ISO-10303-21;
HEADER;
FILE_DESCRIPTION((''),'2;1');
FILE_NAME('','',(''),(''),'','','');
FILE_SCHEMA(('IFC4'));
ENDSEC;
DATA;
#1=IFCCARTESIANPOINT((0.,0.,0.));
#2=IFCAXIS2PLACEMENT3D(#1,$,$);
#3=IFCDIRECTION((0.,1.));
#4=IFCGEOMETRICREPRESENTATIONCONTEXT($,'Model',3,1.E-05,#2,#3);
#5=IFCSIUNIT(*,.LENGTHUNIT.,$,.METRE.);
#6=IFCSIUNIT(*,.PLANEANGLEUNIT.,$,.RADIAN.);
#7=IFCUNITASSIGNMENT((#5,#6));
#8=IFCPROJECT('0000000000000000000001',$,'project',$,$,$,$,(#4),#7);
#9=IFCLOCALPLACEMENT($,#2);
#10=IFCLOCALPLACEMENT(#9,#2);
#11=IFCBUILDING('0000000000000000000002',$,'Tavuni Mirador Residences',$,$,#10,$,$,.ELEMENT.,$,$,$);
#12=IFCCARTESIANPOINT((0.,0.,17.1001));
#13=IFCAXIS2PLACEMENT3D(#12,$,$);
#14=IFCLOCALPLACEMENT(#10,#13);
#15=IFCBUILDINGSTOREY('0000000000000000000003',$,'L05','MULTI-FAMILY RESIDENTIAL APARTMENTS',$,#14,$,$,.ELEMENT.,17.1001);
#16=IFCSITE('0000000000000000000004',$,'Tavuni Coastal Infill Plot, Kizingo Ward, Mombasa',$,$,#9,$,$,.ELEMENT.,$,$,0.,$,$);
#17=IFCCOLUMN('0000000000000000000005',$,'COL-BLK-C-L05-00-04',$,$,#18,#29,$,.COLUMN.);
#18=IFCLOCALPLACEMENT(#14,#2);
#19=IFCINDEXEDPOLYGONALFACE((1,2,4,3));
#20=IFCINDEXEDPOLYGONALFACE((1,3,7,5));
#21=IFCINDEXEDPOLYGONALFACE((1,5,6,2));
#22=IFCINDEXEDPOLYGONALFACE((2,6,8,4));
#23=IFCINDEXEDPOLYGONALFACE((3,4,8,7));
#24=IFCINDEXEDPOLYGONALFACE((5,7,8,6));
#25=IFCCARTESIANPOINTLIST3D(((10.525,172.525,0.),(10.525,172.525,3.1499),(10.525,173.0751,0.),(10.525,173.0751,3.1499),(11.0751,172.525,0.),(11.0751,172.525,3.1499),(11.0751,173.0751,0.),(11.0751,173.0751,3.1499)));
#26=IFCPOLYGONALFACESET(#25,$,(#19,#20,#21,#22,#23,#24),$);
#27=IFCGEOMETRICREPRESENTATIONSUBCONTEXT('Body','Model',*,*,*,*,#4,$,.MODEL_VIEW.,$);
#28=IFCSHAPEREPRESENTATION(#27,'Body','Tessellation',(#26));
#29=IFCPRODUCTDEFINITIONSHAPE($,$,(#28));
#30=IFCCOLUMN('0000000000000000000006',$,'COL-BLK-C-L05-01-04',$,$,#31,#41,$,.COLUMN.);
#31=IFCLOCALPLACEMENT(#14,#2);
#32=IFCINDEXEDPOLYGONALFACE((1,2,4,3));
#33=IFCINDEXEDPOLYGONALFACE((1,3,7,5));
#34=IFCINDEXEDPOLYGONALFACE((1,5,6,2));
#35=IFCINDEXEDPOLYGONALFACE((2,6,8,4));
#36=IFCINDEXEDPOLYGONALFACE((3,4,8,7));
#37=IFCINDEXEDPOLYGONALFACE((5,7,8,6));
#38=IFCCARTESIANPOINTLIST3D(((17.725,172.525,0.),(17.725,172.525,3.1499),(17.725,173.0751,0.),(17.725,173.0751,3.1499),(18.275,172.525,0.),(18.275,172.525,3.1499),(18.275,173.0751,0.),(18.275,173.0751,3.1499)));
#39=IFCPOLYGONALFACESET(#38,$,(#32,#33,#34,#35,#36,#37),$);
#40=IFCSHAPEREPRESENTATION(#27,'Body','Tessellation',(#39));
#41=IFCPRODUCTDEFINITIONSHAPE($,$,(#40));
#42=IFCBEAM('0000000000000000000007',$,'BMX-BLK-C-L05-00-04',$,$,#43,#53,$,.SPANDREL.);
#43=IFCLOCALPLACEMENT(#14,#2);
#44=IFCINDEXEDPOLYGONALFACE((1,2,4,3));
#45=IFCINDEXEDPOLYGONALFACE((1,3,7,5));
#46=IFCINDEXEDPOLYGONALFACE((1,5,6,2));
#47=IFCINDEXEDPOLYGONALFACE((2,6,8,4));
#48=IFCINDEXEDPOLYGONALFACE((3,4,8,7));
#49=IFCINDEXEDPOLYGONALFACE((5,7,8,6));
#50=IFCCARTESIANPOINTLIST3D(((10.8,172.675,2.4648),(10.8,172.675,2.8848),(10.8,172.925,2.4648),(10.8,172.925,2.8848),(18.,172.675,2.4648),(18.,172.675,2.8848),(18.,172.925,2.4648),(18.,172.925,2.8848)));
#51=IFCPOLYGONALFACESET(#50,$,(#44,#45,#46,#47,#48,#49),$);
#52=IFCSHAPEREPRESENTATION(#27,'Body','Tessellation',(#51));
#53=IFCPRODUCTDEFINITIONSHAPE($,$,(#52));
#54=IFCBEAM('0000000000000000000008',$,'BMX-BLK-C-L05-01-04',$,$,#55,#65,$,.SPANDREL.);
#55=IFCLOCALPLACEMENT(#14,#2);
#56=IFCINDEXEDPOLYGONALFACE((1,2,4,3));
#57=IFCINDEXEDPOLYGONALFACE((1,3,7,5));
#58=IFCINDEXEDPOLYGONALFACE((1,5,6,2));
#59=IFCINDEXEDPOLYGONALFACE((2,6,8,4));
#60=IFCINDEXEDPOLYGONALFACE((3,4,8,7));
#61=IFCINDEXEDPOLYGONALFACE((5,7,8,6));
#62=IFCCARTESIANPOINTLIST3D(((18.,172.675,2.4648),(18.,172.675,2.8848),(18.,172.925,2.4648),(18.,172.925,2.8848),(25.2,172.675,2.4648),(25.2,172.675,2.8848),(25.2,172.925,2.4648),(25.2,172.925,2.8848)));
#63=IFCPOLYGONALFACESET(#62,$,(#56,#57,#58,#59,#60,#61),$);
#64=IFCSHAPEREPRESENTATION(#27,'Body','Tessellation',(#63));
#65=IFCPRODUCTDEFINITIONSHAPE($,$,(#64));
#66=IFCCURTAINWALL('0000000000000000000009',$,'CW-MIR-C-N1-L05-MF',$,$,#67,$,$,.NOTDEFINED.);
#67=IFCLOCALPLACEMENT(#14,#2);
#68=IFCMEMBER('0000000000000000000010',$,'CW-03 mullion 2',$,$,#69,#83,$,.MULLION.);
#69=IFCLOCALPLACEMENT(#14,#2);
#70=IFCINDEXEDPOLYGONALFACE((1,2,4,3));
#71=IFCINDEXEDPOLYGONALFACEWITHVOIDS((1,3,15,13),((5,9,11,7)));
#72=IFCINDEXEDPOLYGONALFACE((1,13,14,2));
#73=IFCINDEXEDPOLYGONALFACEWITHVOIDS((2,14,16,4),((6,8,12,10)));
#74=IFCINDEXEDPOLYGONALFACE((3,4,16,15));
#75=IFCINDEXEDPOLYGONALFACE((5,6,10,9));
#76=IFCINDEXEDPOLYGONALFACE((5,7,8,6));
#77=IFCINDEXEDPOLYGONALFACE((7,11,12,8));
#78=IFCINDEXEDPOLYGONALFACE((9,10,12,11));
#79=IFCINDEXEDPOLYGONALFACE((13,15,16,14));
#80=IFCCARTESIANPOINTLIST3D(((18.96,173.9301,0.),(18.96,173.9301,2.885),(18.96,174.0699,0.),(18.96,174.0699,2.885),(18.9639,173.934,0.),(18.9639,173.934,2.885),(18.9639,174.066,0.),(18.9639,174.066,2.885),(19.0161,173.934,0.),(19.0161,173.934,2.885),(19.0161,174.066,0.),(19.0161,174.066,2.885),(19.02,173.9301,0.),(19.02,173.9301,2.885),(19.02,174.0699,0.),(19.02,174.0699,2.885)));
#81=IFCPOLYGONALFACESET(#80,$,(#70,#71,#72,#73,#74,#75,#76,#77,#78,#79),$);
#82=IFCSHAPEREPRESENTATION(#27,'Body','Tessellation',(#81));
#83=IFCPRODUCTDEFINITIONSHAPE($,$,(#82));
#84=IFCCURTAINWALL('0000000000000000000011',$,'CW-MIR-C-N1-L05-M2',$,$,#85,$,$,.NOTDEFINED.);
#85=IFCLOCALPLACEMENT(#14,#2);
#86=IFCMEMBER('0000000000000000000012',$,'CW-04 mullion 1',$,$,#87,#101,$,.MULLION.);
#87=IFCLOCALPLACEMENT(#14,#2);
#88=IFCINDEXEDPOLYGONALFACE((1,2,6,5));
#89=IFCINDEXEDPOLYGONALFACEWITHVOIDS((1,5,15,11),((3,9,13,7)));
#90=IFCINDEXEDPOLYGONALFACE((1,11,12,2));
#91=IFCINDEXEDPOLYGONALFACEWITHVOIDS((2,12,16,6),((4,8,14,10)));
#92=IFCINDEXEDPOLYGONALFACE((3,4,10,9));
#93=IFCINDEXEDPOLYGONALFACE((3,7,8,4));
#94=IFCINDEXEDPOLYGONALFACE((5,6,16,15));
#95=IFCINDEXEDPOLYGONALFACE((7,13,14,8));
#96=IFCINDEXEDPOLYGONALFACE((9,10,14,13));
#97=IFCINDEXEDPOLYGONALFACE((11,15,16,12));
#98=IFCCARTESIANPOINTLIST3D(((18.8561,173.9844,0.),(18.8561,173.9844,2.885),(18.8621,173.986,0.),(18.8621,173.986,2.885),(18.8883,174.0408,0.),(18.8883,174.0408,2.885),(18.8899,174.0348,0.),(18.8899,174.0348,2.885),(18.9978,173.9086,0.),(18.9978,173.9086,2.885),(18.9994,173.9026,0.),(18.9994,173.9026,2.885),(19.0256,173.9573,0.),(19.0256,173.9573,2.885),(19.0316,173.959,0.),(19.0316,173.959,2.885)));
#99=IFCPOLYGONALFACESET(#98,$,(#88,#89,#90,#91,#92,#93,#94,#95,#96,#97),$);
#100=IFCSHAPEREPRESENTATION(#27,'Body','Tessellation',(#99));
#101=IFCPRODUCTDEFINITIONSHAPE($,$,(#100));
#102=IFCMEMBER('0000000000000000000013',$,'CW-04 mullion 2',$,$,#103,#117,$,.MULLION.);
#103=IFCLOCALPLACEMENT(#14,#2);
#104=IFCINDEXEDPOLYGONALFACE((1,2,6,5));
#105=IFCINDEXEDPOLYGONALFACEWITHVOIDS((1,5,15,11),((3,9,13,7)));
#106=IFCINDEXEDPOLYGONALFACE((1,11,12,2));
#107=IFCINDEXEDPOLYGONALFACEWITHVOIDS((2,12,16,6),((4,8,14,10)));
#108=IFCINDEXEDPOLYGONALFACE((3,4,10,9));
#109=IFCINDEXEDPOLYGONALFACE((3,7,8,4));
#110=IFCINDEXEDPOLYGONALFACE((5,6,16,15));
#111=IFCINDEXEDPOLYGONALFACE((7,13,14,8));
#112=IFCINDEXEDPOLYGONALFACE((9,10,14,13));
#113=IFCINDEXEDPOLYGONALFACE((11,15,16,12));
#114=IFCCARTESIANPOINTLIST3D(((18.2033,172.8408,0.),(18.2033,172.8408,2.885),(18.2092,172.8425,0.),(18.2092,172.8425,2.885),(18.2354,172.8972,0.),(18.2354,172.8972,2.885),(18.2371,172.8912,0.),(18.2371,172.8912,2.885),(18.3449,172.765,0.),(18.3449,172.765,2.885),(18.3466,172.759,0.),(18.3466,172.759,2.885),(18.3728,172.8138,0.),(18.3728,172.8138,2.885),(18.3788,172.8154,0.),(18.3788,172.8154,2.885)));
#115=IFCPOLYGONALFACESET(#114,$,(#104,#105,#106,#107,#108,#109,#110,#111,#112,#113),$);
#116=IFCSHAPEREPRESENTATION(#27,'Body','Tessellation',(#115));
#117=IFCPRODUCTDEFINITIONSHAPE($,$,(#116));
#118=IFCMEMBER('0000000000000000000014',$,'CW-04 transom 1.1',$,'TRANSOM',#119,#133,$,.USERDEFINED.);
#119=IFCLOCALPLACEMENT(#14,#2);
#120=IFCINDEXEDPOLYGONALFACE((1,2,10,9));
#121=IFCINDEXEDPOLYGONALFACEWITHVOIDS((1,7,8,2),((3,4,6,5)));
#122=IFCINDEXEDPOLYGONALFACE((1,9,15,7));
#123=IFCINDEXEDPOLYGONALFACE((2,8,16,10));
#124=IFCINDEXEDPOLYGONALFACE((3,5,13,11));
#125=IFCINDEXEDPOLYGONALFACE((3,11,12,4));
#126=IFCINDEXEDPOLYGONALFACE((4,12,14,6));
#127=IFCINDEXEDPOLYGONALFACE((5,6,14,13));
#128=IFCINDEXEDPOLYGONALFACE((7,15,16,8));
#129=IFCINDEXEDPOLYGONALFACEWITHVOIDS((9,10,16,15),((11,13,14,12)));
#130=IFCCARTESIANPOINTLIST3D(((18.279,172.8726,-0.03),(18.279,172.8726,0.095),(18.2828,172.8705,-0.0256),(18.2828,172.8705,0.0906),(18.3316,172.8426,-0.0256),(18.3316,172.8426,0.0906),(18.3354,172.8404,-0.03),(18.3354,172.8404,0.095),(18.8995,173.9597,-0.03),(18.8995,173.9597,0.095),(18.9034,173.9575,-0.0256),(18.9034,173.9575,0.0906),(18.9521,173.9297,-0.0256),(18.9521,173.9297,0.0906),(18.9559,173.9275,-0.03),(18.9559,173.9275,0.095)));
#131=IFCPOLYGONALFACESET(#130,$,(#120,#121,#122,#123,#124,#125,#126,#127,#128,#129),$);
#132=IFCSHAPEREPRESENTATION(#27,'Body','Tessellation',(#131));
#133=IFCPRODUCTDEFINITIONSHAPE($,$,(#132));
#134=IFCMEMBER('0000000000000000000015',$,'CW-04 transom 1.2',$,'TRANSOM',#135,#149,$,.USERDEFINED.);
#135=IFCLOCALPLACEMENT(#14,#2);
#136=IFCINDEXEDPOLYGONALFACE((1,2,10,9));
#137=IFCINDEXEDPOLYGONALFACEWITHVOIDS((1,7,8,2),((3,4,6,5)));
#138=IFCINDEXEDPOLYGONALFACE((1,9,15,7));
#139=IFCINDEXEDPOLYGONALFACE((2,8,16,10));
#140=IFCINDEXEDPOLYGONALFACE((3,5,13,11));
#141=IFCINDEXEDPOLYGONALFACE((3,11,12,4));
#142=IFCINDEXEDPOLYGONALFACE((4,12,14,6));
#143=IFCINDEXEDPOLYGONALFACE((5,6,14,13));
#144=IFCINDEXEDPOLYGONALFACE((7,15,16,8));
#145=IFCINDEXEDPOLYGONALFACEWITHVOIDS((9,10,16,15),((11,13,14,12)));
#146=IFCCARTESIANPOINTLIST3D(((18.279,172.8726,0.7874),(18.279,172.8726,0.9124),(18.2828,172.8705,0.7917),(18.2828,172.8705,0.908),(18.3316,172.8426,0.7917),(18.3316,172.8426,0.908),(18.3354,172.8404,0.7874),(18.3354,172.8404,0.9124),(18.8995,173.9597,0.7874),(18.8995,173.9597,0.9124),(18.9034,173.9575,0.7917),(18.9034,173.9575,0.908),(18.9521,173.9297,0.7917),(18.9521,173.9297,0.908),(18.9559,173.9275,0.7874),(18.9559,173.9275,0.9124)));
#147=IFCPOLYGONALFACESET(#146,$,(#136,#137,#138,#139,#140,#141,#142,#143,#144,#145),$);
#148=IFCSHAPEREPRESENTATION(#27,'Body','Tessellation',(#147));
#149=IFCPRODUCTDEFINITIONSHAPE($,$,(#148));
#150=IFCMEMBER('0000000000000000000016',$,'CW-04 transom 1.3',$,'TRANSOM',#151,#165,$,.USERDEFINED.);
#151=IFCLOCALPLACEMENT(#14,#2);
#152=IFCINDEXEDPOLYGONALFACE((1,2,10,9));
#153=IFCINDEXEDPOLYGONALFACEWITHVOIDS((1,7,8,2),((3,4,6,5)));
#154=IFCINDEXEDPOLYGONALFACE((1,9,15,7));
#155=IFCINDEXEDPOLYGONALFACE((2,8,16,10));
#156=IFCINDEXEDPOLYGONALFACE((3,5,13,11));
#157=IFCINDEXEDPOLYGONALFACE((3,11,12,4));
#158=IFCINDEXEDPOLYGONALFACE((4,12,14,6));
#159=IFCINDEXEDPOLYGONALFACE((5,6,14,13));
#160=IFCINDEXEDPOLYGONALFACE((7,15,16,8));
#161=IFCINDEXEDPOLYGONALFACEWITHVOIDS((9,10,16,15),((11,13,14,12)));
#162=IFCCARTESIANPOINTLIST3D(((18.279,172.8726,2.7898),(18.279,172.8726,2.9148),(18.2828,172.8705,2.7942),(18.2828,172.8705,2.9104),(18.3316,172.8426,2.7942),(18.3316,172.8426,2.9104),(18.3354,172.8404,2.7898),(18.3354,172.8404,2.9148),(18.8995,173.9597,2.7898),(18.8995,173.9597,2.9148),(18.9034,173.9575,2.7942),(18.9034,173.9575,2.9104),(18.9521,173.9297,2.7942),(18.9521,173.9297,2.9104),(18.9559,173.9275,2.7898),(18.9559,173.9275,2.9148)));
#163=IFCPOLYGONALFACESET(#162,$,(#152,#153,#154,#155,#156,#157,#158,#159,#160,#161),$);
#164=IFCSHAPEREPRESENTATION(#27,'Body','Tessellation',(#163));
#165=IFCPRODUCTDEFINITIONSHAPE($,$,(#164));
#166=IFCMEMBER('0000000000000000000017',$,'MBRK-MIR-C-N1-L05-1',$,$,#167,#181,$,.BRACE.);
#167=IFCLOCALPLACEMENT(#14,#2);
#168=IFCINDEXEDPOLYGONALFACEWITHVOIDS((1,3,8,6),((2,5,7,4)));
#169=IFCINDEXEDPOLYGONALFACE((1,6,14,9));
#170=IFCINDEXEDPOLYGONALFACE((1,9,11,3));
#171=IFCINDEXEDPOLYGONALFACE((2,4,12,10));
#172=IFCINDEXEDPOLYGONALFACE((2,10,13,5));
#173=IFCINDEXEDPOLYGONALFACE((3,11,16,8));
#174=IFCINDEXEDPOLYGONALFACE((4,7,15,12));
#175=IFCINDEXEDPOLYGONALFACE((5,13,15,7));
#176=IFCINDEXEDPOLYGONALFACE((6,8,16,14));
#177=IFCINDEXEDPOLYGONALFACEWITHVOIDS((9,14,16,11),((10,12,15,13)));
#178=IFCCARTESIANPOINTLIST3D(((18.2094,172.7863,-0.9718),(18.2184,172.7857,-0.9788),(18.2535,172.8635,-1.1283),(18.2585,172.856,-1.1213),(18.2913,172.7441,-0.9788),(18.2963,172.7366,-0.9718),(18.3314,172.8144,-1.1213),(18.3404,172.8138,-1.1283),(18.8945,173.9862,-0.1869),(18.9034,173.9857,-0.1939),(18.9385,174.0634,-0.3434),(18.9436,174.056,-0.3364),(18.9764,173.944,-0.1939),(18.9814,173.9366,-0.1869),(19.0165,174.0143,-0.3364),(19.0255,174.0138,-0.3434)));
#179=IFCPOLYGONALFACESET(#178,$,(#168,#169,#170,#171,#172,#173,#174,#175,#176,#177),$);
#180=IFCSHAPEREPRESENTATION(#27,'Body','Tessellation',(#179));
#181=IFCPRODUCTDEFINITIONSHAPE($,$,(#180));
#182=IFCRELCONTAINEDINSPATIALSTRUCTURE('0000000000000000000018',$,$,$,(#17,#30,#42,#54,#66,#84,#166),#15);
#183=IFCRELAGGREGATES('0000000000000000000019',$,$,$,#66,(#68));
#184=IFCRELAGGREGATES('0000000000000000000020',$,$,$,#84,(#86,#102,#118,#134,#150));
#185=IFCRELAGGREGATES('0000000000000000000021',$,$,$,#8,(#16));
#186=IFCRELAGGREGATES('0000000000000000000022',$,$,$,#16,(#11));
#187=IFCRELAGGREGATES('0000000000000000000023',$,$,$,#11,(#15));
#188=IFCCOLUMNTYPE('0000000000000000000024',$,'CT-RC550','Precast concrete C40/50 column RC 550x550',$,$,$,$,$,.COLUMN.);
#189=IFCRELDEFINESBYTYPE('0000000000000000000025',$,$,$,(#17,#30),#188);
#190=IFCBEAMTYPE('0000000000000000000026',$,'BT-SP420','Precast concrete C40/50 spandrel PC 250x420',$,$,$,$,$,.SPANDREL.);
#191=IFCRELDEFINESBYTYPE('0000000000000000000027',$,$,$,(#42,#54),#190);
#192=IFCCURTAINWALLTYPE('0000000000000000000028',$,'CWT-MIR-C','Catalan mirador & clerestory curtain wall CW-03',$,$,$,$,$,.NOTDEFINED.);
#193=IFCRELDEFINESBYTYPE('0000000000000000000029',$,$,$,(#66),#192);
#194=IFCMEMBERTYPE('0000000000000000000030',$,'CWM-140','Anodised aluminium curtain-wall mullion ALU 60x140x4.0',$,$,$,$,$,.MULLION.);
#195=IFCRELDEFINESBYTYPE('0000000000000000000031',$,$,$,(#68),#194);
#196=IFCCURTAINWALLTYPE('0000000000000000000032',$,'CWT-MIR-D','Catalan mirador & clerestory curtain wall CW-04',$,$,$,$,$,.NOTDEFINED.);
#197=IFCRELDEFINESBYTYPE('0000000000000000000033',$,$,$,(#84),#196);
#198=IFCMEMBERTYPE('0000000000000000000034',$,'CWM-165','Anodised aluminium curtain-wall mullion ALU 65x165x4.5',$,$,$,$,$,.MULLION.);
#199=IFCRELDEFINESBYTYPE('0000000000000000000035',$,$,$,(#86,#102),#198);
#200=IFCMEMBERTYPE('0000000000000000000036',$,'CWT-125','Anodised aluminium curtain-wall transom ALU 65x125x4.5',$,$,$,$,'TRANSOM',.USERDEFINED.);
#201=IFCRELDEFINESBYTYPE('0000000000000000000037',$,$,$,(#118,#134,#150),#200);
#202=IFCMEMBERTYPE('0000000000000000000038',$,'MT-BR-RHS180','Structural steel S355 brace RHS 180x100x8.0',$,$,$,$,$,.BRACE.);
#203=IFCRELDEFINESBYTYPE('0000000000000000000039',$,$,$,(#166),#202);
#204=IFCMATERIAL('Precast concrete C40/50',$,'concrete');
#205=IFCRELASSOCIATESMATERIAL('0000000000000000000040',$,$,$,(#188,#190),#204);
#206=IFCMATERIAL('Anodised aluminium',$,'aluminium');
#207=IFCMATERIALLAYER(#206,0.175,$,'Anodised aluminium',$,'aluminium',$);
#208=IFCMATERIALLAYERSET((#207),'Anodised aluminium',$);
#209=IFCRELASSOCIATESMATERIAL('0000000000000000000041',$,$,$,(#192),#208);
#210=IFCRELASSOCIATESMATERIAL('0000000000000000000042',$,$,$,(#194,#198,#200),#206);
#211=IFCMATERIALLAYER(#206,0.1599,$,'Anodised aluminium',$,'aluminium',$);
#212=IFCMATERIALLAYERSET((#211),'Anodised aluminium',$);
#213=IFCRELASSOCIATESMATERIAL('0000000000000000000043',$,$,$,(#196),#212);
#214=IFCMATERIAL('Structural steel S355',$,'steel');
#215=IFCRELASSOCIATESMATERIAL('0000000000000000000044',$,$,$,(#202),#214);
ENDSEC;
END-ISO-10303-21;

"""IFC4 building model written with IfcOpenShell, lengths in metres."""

from ifc_helpers import new_model, si_unit, direction, frame, origin, origin_2d, place, context, subcontext, project, spatial, rectangle, hollow_rectangle, extrude, material, layer, layer_set, material_profile, profile_set, type_object, element, aggregate, save


model = new_model("IFC4")

# Units and contexts
model_context = context("Model", 3, precision=1e-05, world=origin(), true_north=direction((0.0, 1.0)))
body_context = subcontext(model_context, "Body", "Model", "MODEL_VIEW")
ifc_project = project(units=[si_unit("LENGTHUNIT", "METRE"), si_unit("PLANEANGLEUNIT", "RADIAN")], contexts=[model_context])

# Site, building, storey
site_placement = place(None, origin())
site = spatial("IfcSite", under=ifc_project, at=site_placement, Name="Tavuni Coastal Infill Plot, Kizingo Ward, Mombasa", CompositionType="ELEMENT", RefElevation=0.0)
building_placement = place(site_placement, origin())
building = spatial("IfcBuilding", under=site, at=building_placement, Name="Tavuni Mirador Residences", CompositionType="ELEMENT")
storey_placement = place(building_placement, frame((0.0, 0.0, 17.1001)))
storey = spatial("IfcBuildingStorey", under=building, at=storey_placement, Name="L05", Description="MULTI-FAMILY RESIDENTIAL APARTMENTS", CompositionType="ELEMENT", Elevation=17.1001)

# Columns
ifc_material_1 = material(Name="Precast concrete C40/50", Category="concrete")
ifc_material_profile_1 = material_profile(ifc_material_1, rectangle(XDim=0.55, YDim=0.55, at=origin_2d()), Name="RC 550x550", Category="concrete")
ifc_profile_set_1 = profile_set([ifc_material_profile_1], Name="Precast concrete C40/50")
column_type = type_object("IfcColumnType", Name="CT-RC550", Description="Precast concrete C40/50 column RC 550x550", PredefinedType="COLUMN", material=ifc_profile_set_1)
for number, where, z_axis, x_axis, name in (
    (1, (10.8, 172.8, 0.0), (0.0, 0.0, 1.0), (1.0, 0.0, 0.0), "COL-BLK-C-L05-00-04"),
    (2, (18.0, 172.8, 0.0), (0.0, 0.0, 1.0), (1.0, 0.0, 0.0), "COL-BLK-C-L05-01-04"),
):
    element("IfcColumn", number, at=place(storey_placement, frame(where, z_axis=z_axis, x_axis=x_axis)), inside=storey, type_object=column_type, Name=name, PredefinedType="COLUMN", context=body_context, shape_type="SweptSolid", body=[
        extrude(rectangle(XDim=0.55, YDim=0.55, at=origin_2d()), origin(), (0.0, 0.0, 1.0), 3.1499),
    ])

# Beams
ifc_material_profile_2 = material_profile(ifc_material_1, rectangle(XDim=0.25, YDim=0.4199, at=origin_2d()), Name="PC 250x420", Category="concrete")
ifc_profile_set_2 = profile_set([ifc_material_profile_2], Name="Precast concrete C40/50")
beam_type = type_object("IfcBeamType", Name="BT-SP420", Description="Precast concrete C40/50 spandrel PC 250x420", PredefinedType="SPANDREL", material=ifc_profile_set_2)
for number, where, z_axis, x_axis, name in (
    (3, (10.8, 172.8, 2.6748), (1.0, 0.0, 0.0), (0.0, 1.0, 0.0), "BMX-BLK-C-L05-00-04"),
    (4, (18.0, 172.8, 2.6748), (1.0, 0.0, 0.0), (0.0, 1.0, 0.0), "BMX-BLK-C-L05-01-04"),
):
    element("IfcBeam", number, at=place(storey_placement, frame(where, z_axis=z_axis, x_axis=x_axis)), inside=storey, type_object=beam_type, Name=name, PredefinedType="SPANDREL", context=body_context, shape_type="SweptSolid", body=[
        extrude(rectangle(XDim=0.25, YDim=0.4199, at=origin_2d()), origin(), (0.0, 0.0, 1.0), 7.2),
    ])

# Curtain wall, member
ifc_material_2 = material(Name="Anodised aluminium", Category="aluminium")
ifc_layer_1 = layer(ifc_material_2, 0.175, Name="Anodised aluminium", Category="aluminium")
ifc_layer_set_1 = layer_set([ifc_layer_1], Name="Anodised aluminium")
curtain_wall_type_1 = type_object("IfcCurtainWallType", Name="CWT-MIR-C", Description="Catalan mirador & clerestory curtain wall CW-03", PredefinedType="NOTDEFINED", material=ifc_layer_set_1)
curtain_wall_1_placement = place(storey_placement, origin())
curtain_wall_1 = element("IfcCurtainWall", 5, at=curtain_wall_1_placement, inside=storey, type_object=curtain_wall_type_1, Name="CW-MIR-C-N1-L05-MF", PredefinedType="NOTDEFINED")
ifc_material_profile_3 = material_profile(ifc_material_2, hollow_rectangle(XDim=0.0601, YDim=0.1399, WallThickness=0.0039, at=origin_2d()), Name="ALU 60x140x4.0", Category="aluminium")
ifc_profile_set_3 = profile_set([ifc_material_profile_3], Name="Anodised aluminium")
member_type_1 = type_object("IfcMemberType", Name="CWM-140", Description="Anodised aluminium curtain-wall mullion ALU 60x140x4.0", PredefinedType="MULLION", material=ifc_profile_set_3)
member_1_placement = place(storey_placement, frame((18.99, 174.0, 0.0), z_axis=(0.0, 0.0, 1.0), x_axis=(-1.0, 0.0, 0.0)))
member_1 = element("IfcMember", 6, at=member_1_placement, type_object=member_type_1, Name="CW-03 mullion 2", PredefinedType="MULLION", context=body_context, shape_type="SweptSolid", body=[
    extrude(hollow_rectangle(XDim=0.0601, YDim=0.1399, WallThickness=0.0039, at=origin_2d()), origin(), (0.0, 0.0, 1.0), 2.885),
])

# Curtain wall, members
ifc_layer_2 = layer(ifc_material_2, 0.1599, Name="Anodised aluminium", Category="aluminium")
ifc_layer_set_2 = layer_set([ifc_layer_2], Name="Anodised aluminium")
curtain_wall_type_2 = type_object("IfcCurtainWallType", Name="CWT-MIR-D", Description="Catalan mirador & clerestory curtain wall CW-04", PredefinedType="NOTDEFINED", material=ifc_layer_set_2)
curtain_wall_2_placement = place(storey_placement, origin())
curtain_wall_2 = element("IfcCurtainWall", 7, at=curtain_wall_2_placement, inside=storey, type_object=curtain_wall_type_2, Name="CW-MIR-C-N1-L05-M2", PredefinedType="NOTDEFINED")
ifc_material_profile_4 = material_profile(ifc_material_2, hollow_rectangle(XDim=0.0649, YDim=0.165, WallThickness=0.0044, at=origin_2d()), Name="ALU 65x165x4.5", Category="aluminium")
ifc_profile_set_4 = profile_set([ifc_material_profile_4], Name="Anodised aluminium")
member_type_2 = type_object("IfcMemberType", Name="CWM-165", Description="Anodised aluminium curtain-wall mullion ALU 65x165x4.5", PredefinedType="MULLION", material=ifc_profile_set_4)
member_2_placement = place(storey_placement, frame((18.9438, 173.9717, 0.0), z_axis=(0.0, 0.0, 1.0), x_axis=(-0.495749, -0.868466, 0.0)))
member_2 = element("IfcMember", 8, at=member_2_placement, type_object=member_type_2, Name="CW-04 mullion 1", PredefinedType="MULLION", context=body_context, shape_type="SweptSolid", body=[
    extrude(hollow_rectangle(XDim=0.0649, YDim=0.165, WallThickness=0.0044, at=origin_2d()), origin(), (0.0, 0.0, 1.0), 2.885),
])
member_3_placement = place(storey_placement, frame((18.291, 172.8281, 0.0), z_axis=(0.0, 0.0, 1.0), x_axis=(-0.495749, -0.868466, 0.0)))
member_3 = element("IfcMember", 9, at=member_3_placement, type_object=member_type_2, Name="CW-04 mullion 2", PredefinedType="MULLION", context=body_context, shape_type="SweptSolid", body=[
    extrude(hollow_rectangle(XDim=0.0649, YDim=0.165, WallThickness=0.0044, at=origin_2d()), origin(), (0.0, 0.0, 1.0), 2.885),
])
ifc_material_profile_5 = material_profile(ifc_material_2, hollow_rectangle(XDim=0.0649, YDim=0.125, WallThickness=0.0044, at=origin_2d()), Name="ALU 65x125x4.5", Category="aluminium")
ifc_profile_set_5 = profile_set([ifc_material_profile_5], Name="Anodised aluminium")
member_type_3 = type_object("IfcMemberType", Name="CWT-125", Description="Anodised aluminium curtain-wall transom ALU 65x125x4.5", ElementType="TRANSOM", PredefinedType="USERDEFINED", material=ifc_profile_set_5)
member_4_placement = place(storey_placement, frame((18.9277, 173.9436, 0.0325), z_axis=(-0.495761, -0.868459, 0.0), x_axis=(0.868459, -0.495761, 0.0)))
member_4 = element("IfcMember", 10, at=member_4_placement, type_object=member_type_3, Name="CW-04 transom 1.1", ObjectType="TRANSOM", PredefinedType="USERDEFINED", context=body_context, shape_type="SweptSolid", body=[
    extrude(hollow_rectangle(XDim=0.0649, YDim=0.125, WallThickness=0.0044, at=origin_2d()), origin(), (0.0, 0.0, 1.0), 1.2517),
])
member_5_placement = place(storey_placement, frame((18.9277, 173.9436, 0.8499), z_axis=(-0.495761, -0.868459, 0.0), x_axis=(0.868459, -0.495761, 0.0)))
member_5 = element("IfcMember", 11, at=member_5_placement, type_object=member_type_3, Name="CW-04 transom 1.2", ObjectType="TRANSOM", PredefinedType="USERDEFINED", context=body_context, shape_type="SweptSolid", body=[
    extrude(hollow_rectangle(XDim=0.0649, YDim=0.125, WallThickness=0.0044, at=origin_2d()), origin(), (0.0, 0.0, 1.0), 1.2517),
])
member_6_placement = place(storey_placement, frame((18.9277, 173.9436, 2.8523), z_axis=(-0.495761, -0.868459, 0.0), x_axis=(0.868459, -0.495761, 0.0)))
member_6 = element("IfcMember", 12, at=member_6_placement, type_object=member_type_3, Name="CW-04 transom 1.3", ObjectType="TRANSOM", PredefinedType="USERDEFINED", context=body_context, shape_type="SweptSolid", body=[
    extrude(hollow_rectangle(XDim=0.0649, YDim=0.125, WallThickness=0.0044, at=origin_2d()), origin(), (0.0, 0.0, 1.0), 1.2517),
])

# Member
ifc_material_3 = material(Name="Structural steel S355", Category="steel")
ifc_material_profile_6 = material_profile(ifc_material_3, hollow_rectangle(XDim=0.1001, YDim=0.1799, WallThickness=0.0081, at=origin_2d()), Name="RHS 180x100x8.0", Category="steel")
ifc_profile_set_6 = profile_set([ifc_material_profile_6], Name="Structural steel S355")
member_type_4 = type_object("IfcMemberType", Name="MT-BR-RHS180", Description="Structural steel S355 brace RHS 180x100x8.0", PredefinedType="BRACE", material=ifc_profile_set_6)
member_7_placement = place(storey_placement, frame((18.2749, 172.8, -1.05), z_axis=(0.431095, 0.755108, 0.493931), x_axis=(-0.868439, 0.495796, 0.0)))
element("IfcMember", 13, at=member_7_placement, inside=storey, type_object=member_type_4, Name="MBRK-MIR-C-N1-L05-1", PredefinedType="BRACE", context=body_context, shape_type="SweptSolid", body=[
    extrude(hollow_rectangle(XDim=0.1001, YDim=0.1799, WallThickness=0.0081, at=origin_2d()), origin(), (0.0, 0.0, 1.0), 1.5891),
])

aggregate(curtain_wall_1, [member_1])
aggregate(curtain_wall_2, [member_2, member_3, member_4, member_5, member_6])

save(model, "model.ifc")
